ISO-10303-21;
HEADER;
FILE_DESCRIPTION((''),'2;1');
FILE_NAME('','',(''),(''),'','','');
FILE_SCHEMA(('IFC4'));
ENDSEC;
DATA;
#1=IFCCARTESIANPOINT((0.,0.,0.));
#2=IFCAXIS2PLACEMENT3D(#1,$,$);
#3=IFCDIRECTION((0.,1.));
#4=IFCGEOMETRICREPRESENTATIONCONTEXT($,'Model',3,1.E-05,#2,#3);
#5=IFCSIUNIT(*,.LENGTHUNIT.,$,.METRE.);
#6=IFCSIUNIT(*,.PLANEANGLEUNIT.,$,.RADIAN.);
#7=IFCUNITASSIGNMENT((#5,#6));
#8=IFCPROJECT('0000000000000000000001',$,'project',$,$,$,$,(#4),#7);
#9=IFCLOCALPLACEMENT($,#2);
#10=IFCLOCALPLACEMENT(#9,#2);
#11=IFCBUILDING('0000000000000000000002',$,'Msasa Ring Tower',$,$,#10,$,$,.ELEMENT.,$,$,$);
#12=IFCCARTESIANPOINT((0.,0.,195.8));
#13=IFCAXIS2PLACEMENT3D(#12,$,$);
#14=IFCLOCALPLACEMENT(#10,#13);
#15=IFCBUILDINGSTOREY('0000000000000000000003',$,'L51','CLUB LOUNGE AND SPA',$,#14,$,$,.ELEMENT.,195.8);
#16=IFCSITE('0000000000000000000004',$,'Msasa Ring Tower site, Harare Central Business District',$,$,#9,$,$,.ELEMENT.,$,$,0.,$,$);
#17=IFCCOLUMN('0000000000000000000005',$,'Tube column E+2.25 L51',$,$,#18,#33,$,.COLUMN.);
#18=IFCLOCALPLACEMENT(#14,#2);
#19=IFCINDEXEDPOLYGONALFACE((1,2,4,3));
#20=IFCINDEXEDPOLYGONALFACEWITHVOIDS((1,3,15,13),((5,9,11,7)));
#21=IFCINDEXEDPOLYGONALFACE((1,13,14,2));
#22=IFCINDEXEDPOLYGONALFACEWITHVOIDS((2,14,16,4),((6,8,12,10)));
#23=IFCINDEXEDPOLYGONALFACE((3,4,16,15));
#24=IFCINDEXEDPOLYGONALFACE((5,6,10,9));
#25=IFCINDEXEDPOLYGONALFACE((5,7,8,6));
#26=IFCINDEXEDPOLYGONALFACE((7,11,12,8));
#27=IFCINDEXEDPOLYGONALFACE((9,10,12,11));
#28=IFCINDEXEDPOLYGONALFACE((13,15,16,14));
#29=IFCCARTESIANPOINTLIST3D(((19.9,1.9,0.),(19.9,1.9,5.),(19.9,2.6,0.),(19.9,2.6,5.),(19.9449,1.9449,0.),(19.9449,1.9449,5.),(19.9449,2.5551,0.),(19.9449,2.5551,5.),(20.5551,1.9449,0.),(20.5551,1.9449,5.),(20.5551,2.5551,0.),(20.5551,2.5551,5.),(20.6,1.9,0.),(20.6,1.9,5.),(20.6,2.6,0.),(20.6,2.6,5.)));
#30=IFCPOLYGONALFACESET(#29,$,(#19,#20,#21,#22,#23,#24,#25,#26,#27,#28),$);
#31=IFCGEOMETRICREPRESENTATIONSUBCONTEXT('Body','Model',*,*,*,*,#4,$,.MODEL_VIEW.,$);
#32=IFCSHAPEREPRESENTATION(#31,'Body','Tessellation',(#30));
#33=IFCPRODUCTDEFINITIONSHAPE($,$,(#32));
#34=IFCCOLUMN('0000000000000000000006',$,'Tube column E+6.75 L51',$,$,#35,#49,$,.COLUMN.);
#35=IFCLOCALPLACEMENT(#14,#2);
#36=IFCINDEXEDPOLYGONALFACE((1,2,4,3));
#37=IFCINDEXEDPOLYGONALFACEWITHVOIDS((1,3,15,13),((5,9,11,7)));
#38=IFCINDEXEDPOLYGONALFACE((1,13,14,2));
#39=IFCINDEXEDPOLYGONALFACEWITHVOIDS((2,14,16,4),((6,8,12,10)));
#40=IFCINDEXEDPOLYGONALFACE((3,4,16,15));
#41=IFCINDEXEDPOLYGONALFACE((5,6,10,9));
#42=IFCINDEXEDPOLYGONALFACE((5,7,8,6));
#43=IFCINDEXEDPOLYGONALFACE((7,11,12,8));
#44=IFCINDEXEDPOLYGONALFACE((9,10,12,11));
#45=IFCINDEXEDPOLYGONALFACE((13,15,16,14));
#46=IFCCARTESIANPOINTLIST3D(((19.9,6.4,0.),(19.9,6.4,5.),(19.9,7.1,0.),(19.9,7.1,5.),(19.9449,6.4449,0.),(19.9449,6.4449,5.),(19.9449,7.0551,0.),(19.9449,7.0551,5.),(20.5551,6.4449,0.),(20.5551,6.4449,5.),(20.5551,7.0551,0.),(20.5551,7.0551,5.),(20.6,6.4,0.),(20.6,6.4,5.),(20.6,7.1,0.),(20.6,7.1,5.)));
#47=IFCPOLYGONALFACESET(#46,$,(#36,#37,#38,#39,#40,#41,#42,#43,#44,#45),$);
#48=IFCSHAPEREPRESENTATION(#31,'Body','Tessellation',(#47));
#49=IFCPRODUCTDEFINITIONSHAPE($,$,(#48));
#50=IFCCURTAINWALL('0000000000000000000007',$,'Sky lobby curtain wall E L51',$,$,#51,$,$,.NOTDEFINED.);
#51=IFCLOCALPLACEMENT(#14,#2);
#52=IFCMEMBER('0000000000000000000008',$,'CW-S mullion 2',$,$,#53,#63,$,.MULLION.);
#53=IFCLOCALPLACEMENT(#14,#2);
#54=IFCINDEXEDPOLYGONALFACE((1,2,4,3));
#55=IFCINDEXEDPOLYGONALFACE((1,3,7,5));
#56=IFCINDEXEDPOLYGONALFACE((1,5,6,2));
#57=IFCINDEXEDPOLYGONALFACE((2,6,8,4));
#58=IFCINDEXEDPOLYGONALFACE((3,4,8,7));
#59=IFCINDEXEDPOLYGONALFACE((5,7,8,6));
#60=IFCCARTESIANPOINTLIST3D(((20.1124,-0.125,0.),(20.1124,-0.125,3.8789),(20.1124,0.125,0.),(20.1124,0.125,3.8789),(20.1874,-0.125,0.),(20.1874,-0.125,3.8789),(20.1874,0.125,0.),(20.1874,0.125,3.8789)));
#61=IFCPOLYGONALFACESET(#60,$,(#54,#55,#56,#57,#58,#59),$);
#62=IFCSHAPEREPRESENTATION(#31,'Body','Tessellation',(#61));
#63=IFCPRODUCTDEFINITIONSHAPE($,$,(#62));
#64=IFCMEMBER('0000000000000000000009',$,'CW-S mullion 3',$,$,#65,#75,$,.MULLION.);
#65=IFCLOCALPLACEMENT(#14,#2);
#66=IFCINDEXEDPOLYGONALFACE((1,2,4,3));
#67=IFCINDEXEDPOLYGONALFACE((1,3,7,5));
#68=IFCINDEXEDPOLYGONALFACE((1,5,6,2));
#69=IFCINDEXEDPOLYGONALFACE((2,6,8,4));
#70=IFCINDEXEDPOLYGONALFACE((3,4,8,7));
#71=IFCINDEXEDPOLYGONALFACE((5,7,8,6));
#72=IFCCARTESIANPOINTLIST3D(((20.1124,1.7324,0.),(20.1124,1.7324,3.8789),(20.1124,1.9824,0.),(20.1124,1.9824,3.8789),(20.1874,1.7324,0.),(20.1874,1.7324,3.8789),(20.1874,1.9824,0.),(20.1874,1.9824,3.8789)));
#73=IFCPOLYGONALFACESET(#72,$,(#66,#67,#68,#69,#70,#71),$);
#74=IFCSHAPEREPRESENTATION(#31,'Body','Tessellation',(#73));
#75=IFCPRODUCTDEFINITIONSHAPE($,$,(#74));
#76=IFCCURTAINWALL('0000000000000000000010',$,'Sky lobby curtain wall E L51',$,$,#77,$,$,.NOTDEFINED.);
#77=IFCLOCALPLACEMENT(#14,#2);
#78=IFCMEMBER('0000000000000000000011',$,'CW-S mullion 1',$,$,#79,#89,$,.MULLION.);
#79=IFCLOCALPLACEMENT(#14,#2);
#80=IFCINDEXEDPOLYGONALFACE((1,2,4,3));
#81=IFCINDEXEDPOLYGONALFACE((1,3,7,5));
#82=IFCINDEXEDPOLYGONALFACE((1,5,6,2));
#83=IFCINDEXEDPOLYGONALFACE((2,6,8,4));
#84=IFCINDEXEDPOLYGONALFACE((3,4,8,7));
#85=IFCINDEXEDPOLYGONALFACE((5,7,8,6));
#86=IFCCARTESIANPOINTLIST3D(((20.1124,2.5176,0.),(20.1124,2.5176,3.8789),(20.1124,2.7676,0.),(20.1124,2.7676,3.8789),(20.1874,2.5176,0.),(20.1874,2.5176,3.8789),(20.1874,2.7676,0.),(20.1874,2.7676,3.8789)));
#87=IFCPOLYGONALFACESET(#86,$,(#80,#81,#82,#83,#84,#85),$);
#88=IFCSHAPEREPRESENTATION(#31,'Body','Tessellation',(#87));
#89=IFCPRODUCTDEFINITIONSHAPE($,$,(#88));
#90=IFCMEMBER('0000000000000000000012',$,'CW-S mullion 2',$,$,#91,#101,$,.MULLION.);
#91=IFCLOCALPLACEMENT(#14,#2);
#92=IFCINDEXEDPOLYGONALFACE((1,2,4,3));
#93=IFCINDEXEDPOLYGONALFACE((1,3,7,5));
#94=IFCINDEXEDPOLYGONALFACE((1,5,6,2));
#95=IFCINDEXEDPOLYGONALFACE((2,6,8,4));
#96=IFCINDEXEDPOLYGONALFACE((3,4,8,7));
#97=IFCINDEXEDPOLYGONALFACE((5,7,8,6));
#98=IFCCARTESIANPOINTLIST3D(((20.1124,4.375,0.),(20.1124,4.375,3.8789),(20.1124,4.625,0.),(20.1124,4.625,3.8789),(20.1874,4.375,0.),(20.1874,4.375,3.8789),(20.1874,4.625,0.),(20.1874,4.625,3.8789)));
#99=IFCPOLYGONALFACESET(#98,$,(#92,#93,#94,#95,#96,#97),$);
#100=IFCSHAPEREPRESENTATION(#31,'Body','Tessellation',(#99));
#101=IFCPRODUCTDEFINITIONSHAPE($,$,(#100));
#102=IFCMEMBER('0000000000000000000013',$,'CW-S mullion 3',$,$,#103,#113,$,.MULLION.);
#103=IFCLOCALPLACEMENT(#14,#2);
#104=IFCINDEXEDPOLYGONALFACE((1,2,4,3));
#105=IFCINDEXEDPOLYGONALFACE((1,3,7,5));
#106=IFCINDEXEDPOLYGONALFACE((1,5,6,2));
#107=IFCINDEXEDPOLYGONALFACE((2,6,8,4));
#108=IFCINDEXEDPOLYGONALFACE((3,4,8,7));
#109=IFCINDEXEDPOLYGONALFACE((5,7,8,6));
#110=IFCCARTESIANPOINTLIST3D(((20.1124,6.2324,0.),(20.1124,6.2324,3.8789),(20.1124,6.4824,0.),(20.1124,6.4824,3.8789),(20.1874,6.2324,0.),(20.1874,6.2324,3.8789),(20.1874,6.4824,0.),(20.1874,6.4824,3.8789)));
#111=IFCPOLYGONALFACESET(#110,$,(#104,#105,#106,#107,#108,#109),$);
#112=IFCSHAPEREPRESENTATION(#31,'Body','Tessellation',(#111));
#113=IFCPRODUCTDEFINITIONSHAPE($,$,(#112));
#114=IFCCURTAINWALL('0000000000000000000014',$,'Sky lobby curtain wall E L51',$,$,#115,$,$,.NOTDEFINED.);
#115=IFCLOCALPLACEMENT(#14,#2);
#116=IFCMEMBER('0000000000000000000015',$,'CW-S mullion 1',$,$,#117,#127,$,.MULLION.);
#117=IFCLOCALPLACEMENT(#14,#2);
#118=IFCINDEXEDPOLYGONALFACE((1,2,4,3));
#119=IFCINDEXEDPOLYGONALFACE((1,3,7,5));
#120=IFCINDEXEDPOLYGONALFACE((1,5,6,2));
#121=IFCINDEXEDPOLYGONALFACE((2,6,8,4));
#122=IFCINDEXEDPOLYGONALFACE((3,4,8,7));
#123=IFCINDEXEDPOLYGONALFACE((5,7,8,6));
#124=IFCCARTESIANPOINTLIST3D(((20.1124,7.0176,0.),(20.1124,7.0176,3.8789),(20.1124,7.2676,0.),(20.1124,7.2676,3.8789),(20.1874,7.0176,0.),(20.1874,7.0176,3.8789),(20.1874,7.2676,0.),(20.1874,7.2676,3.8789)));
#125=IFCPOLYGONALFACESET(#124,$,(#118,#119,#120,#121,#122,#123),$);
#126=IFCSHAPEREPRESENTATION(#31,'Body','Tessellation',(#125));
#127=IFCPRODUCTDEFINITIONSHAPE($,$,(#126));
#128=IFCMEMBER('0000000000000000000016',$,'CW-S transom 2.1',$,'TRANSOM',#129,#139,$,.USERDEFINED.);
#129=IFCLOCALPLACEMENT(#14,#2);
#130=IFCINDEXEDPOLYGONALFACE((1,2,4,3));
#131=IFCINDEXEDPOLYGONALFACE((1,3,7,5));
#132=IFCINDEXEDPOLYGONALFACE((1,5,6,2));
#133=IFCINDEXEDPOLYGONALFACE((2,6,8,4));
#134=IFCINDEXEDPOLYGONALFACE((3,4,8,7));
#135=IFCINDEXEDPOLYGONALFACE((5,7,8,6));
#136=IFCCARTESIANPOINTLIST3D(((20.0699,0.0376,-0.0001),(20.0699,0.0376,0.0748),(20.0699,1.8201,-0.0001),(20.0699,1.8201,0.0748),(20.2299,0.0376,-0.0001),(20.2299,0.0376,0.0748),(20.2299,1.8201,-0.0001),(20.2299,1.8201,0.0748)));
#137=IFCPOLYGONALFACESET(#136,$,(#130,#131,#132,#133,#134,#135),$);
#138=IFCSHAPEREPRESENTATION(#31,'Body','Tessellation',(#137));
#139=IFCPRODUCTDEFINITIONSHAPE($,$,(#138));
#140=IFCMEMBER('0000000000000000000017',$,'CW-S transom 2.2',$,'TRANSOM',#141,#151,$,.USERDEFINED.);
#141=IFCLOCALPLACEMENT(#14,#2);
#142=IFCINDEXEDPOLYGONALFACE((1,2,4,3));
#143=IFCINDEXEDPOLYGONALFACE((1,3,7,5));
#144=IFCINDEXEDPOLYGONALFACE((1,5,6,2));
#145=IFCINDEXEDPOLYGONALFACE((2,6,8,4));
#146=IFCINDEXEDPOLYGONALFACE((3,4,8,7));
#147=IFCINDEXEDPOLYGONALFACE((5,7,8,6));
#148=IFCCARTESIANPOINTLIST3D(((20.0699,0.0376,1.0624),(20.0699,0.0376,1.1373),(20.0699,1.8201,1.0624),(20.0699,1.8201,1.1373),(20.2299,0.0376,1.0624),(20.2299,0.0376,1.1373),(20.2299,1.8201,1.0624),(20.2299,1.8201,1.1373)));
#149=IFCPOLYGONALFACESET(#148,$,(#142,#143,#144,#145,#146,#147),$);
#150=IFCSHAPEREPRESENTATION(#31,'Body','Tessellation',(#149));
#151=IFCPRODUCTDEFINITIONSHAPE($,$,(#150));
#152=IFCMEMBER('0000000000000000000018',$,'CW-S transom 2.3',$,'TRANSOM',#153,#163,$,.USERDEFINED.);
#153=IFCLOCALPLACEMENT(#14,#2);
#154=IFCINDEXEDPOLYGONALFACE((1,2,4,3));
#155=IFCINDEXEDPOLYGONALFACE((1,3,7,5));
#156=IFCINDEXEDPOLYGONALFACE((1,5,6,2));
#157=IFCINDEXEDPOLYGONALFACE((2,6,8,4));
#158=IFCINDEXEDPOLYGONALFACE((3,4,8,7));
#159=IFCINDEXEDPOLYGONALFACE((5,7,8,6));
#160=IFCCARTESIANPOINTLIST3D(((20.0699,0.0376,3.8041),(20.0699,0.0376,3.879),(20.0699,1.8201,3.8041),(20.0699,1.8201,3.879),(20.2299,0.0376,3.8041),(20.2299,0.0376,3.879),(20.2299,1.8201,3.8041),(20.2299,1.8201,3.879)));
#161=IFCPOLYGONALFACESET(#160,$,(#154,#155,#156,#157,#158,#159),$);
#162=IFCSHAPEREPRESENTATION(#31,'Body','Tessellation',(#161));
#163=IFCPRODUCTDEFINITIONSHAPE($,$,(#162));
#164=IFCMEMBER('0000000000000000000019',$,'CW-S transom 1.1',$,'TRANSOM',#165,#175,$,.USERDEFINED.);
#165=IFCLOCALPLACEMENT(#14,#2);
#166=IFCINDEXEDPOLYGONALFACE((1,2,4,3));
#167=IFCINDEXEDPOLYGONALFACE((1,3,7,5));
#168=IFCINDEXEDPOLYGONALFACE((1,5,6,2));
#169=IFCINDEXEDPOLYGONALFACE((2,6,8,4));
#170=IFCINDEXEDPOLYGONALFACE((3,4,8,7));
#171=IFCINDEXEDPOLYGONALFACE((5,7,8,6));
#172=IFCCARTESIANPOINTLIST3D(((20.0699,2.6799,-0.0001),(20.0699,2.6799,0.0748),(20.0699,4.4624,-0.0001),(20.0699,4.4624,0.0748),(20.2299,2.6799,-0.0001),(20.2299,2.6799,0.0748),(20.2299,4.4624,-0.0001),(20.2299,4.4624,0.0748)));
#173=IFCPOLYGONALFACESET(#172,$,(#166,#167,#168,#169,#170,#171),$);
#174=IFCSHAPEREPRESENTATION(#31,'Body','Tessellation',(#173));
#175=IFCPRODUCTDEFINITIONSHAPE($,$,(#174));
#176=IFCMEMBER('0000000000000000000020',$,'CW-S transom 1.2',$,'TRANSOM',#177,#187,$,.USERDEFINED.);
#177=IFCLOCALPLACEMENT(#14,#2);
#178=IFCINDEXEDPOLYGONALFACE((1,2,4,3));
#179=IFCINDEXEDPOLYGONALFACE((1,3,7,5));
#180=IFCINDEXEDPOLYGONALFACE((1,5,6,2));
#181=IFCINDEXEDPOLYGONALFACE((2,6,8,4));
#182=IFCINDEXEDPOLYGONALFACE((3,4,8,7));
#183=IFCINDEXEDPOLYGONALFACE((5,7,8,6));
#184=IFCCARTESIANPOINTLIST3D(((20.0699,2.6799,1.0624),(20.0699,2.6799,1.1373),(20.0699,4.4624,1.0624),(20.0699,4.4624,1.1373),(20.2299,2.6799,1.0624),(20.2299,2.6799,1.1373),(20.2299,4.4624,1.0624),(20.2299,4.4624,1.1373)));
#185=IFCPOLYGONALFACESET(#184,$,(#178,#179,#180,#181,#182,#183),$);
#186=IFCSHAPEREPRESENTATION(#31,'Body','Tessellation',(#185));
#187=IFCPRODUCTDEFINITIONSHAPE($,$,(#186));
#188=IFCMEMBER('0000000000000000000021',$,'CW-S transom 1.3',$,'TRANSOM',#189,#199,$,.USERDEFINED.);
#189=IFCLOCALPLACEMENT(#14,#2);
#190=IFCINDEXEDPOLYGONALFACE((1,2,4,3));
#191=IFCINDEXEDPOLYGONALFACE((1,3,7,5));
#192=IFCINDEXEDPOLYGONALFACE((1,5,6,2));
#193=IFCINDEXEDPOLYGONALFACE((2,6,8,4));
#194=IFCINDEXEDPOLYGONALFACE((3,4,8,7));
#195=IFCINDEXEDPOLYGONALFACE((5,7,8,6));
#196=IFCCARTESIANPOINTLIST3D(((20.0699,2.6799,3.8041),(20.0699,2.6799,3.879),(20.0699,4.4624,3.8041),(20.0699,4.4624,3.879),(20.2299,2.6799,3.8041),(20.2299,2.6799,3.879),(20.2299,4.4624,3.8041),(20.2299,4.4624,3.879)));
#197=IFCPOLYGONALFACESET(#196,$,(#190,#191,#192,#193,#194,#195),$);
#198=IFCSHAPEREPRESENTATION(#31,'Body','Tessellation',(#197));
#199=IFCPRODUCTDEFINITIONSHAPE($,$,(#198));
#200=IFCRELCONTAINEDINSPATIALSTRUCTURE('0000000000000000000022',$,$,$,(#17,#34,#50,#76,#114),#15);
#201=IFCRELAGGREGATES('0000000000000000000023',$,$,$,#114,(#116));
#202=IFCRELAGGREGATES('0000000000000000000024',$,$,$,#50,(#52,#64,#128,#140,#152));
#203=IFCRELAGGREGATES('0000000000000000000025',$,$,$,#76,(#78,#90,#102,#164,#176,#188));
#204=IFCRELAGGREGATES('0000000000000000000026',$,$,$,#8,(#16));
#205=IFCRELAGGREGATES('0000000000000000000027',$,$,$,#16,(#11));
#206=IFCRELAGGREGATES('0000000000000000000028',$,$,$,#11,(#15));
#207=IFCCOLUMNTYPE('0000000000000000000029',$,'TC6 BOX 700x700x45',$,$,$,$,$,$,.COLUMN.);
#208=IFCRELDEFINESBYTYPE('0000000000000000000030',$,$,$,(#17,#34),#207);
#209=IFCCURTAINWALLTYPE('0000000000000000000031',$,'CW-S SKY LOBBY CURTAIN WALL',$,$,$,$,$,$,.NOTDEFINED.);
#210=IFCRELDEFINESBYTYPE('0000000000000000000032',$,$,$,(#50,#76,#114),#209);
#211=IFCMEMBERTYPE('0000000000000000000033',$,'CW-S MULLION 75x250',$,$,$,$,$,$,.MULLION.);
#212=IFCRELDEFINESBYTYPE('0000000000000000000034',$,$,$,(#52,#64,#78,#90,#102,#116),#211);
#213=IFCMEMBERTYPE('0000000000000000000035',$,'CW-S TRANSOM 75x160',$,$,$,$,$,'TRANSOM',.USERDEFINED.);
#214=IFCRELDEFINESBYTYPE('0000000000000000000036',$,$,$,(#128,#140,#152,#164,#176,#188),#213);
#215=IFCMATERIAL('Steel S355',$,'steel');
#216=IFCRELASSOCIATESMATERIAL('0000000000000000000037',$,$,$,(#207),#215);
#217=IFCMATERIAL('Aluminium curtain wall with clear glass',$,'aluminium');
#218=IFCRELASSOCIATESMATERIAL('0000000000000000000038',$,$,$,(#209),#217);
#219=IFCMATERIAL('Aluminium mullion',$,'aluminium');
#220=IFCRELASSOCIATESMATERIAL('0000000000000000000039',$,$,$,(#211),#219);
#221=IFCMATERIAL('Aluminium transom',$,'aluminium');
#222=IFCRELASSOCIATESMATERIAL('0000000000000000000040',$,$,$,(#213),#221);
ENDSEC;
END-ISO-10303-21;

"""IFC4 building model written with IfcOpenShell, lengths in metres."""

from ifc_helpers import new_model, si_unit, direction, frame, origin, origin_2d, place, context, subcontext, project, spatial, rectangle, hollow_rectangle, extrude, material, material_profile, profile_set, type_object, element, aggregate, save


model = new_model("IFC4")

# Units and contexts
model_context = context("Model", 3, precision=1e-05, world=origin(), true_north=direction((0.0, 1.0)))
body_context = subcontext(model_context, "Body", "Model", "MODEL_VIEW")
ifc_project = project(units=[si_unit("LENGTHUNIT", "METRE"), si_unit("PLANEANGLEUNIT", "RADIAN")], contexts=[model_context])

# Site, building, storey
site_placement = place(None, origin())
site = spatial("IfcSite", under=ifc_project, at=site_placement, Name="Msasa Ring Tower site, Harare Central Business District", CompositionType="ELEMENT", RefElevation=0.0)
building_placement = place(site_placement, origin())
building = spatial("IfcBuilding", under=site, at=building_placement, Name="Msasa Ring Tower", CompositionType="ELEMENT")
storey_placement = place(building_placement, frame((0.0, 0.0, 195.8)))
storey = spatial("IfcBuildingStorey", under=building, at=storey_placement, Name="L51", Description="CLUB LOUNGE AND SPA", CompositionType="ELEMENT", Elevation=195.8)

# Columns
ifc_material_1 = material(Name="Steel S355", Category="steel")
ifc_material_profile_1 = material_profile(ifc_material_1, hollow_rectangle(XDim=0.7, YDim=0.7, WallThickness=0.0449, at=origin_2d()), Name="BOX 700x700x45")
ifc_profile_set_1 = profile_set([ifc_material_profile_1], Name="Steel S355")
column_type = type_object("IfcColumnType", Name="TC6 BOX 700x700x45", PredefinedType="COLUMN", material=ifc_profile_set_1)
for number, where, z_axis, x_axis, name in (
    (1, (20.25, 2.25, 0.0), (0.0, 0.0, 1.0), (1.0, 0.0, 0.0), "Tube column E+2.25 L51"),
    (2, (20.25, 6.75, 0.0), (0.0, 0.0, 1.0), (1.0, 0.0, 0.0), "Tube column E+6.75 L51"),
):
    element("IfcColumn", number, at=place(storey_placement, frame(where, z_axis=z_axis, x_axis=x_axis)), inside=storey, type_object=column_type, Name=name, PredefinedType="COLUMN", context=body_context, shape_type="SweptSolid", body=[
        extrude(hollow_rectangle(XDim=0.7, YDim=0.7, WallThickness=0.0449, at=origin_2d()), origin(), (0.0, 0.0, 1.0), 5.0),
    ])

# Curtain walls, members
ifc_material_2 = material(Name="Aluminium curtain wall with clear glass", Category="aluminium")
curtain_wall_type = type_object("IfcCurtainWallType", Name="CW-S SKY LOBBY CURTAIN WALL", PredefinedType="NOTDEFINED", material=ifc_material_2)
curtain_wall_1_placement = place(storey_placement, origin())
curtain_wall_1 = element("IfcCurtainWall", 3, at=curtain_wall_1_placement, inside=storey, type_object=curtain_wall_type, Name="Sky lobby curtain wall E L51", PredefinedType="NOTDEFINED")
ifc_material_3 = material(Name="Aluminium mullion", Category="aluminium")
ifc_material_profile_2 = material_profile(ifc_material_3, rectangle(XDim=0.075, YDim=0.25, at=origin_2d()), Name="AL 75x250")
ifc_profile_set_2 = profile_set([ifc_material_profile_2], Name="Aluminium mullion")
member_type_1 = type_object("IfcMemberType", Name="CW-S MULLION 75x250", PredefinedType="MULLION", material=ifc_profile_set_2)
member_1_placement = place(storey_placement, frame((20.1499, 0.0, 0.0), z_axis=(0.0, 0.0, 1.0), x_axis=(-1.0, 0.0, 0.0)))
member_1 = element("IfcMember", 4, at=member_1_placement, type_object=member_type_1, Name="CW-S mullion 2", PredefinedType="MULLION", context=body_context, shape_type="SweptSolid", body=[
    extrude(rectangle(XDim=0.075, YDim=0.25, at=origin_2d()), origin(), (0.0, 0.0, 1.0), 3.8789),
])
member_2_placement = place(storey_placement, frame((20.1499, 1.8574, 0.0), z_axis=(0.0, 0.0, 1.0), x_axis=(-1.0, 0.0, 0.0)))
member_2 = element("IfcMember", 5, at=member_2_placement, type_object=member_type_1, Name="CW-S mullion 3", PredefinedType="MULLION", context=body_context, shape_type="SweptSolid", body=[
    extrude(rectangle(XDim=0.075, YDim=0.25, at=origin_2d()), origin(), (0.0, 0.0, 1.0), 3.8789),
])
curtain_wall_2_placement = place(storey_placement, origin())
curtain_wall_2 = element("IfcCurtainWall", 6, at=curtain_wall_2_placement, inside=storey, type_object=curtain_wall_type, Name="Sky lobby curtain wall E L51", PredefinedType="NOTDEFINED")
member_3_placement = place(storey_placement, frame((20.1499, 2.6426, 0.0), z_axis=(0.0, 0.0, 1.0), x_axis=(-1.0, 0.0, 0.0)))
member_3 = element("IfcMember", 7, at=member_3_placement, type_object=member_type_1, Name="CW-S mullion 1", PredefinedType="MULLION", context=body_context, shape_type="SweptSolid", body=[
    extrude(rectangle(XDim=0.075, YDim=0.25, at=origin_2d()), origin(), (0.0, 0.0, 1.0), 3.8789),
])
member_4_placement = place(storey_placement, frame((20.1499, 4.5, 0.0), z_axis=(0.0, 0.0, 1.0), x_axis=(-1.0, 0.0, 0.0)))
member_4 = element("IfcMember", 8, at=member_4_placement, type_object=member_type_1, Name="CW-S mullion 2", PredefinedType="MULLION", context=body_context, shape_type="SweptSolid", body=[
    extrude(rectangle(XDim=0.075, YDim=0.25, at=origin_2d()), origin(), (0.0, 0.0, 1.0), 3.8789),
])
member_5_placement = place(storey_placement, frame((20.1499, 6.3574, 0.0), z_axis=(0.0, 0.0, 1.0), x_axis=(-1.0, 0.0, 0.0)))
member_5 = element("IfcMember", 9, at=member_5_placement, type_object=member_type_1, Name="CW-S mullion 3", PredefinedType="MULLION", context=body_context, shape_type="SweptSolid", body=[
    extrude(rectangle(XDim=0.075, YDim=0.25, at=origin_2d()), origin(), (0.0, 0.0, 1.0), 3.8789),
])

# Curtain wall, member
curtain_wall_3_placement = place(storey_placement, origin())
curtain_wall_3 = element("IfcCurtainWall", 10, at=curtain_wall_3_placement, inside=storey, type_object=curtain_wall_type, Name="Sky lobby curtain wall E L51", PredefinedType="NOTDEFINED")
member_6_placement = place(storey_placement, frame((20.1499, 7.1426, 0.0), z_axis=(0.0, 0.0, 1.0), x_axis=(-1.0, 0.0, 0.0)))
member_6 = element("IfcMember", 11, at=member_6_placement, type_object=member_type_1, Name="CW-S mullion 1", PredefinedType="MULLION", context=body_context, shape_type="SweptSolid", body=[
    extrude(rectangle(XDim=0.075, YDim=0.25, at=origin_2d()), origin(), (0.0, 0.0, 1.0), 3.8789),
])

# Members
ifc_material_4 = material(Name="Aluminium transom", Category="aluminium")
ifc_material_profile_3 = material_profile(ifc_material_4, rectangle(XDim=0.1599, YDim=0.075, at=origin_2d()), Name="AL 75x160")
ifc_profile_set_3 = profile_set([ifc_material_profile_3], Name="Aluminium transom")
member_type_2 = type_object("IfcMemberType", Name="CW-S TRANSOM 75x160", ElementType="TRANSOM", PredefinedType="USERDEFINED", material=ifc_profile_set_3)
member_7_placement = place(storey_placement, frame((20.1499, 0.0376, 0.0374), z_axis=(0.0, 1.0, 0.0), x_axis=(-1.0, 0.0, 0.0)))
member_7 = element("IfcMember", 12, at=member_7_placement, type_object=member_type_2, Name="CW-S transom 2.1", ObjectType="TRANSOM", PredefinedType="USERDEFINED", context=body_context, shape_type="SweptSolid", body=[
    extrude(rectangle(XDim=0.1599, YDim=0.075, at=origin_2d()), origin(), (0.0, 0.0, 1.0), 1.7825),
])
member_8_placement = place(storey_placement, frame((20.1499, 0.0376, 1.0999), z_axis=(0.0, 1.0, 0.0), x_axis=(-1.0, 0.0, 0.0)))
member_8 = element("IfcMember", 13, at=member_8_placement, type_object=member_type_2, Name="CW-S transom 2.2", ObjectType="TRANSOM", PredefinedType="USERDEFINED", context=body_context, shape_type="SweptSolid", body=[
    extrude(rectangle(XDim=0.1599, YDim=0.075, at=origin_2d()), origin(), (0.0, 0.0, 1.0), 1.7825),
])
member_9_placement = place(storey_placement, frame((20.1499, 0.0376, 3.8416), z_axis=(0.0, 1.0, 0.0), x_axis=(-1.0, 0.0, 0.0)))
member_9 = element("IfcMember", 14, at=member_9_placement, type_object=member_type_2, Name="CW-S transom 2.3", ObjectType="TRANSOM", PredefinedType="USERDEFINED", context=body_context, shape_type="SweptSolid", body=[
    extrude(rectangle(XDim=0.1599, YDim=0.075, at=origin_2d()), origin(), (0.0, 0.0, 1.0), 1.7825),
])
member_10_placement = place(storey_placement, frame((20.1499, 2.6799, 0.0374), z_axis=(0.0, 1.0, 0.0), x_axis=(-1.0, 0.0, 0.0)))
member_10 = element("IfcMember", 15, at=member_10_placement, type_object=member_type_2, Name="CW-S transom 1.1", ObjectType="TRANSOM", PredefinedType="USERDEFINED", context=body_context, shape_type="SweptSolid", body=[
    extrude(rectangle(XDim=0.1599, YDim=0.075, at=origin_2d()), origin(), (0.0, 0.0, 1.0), 1.7825),
])
member_11_placement = place(storey_placement, frame((20.1499, 2.6799, 1.0999), z_axis=(0.0, 1.0, 0.0), x_axis=(-1.0, 0.0, 0.0)))
member_11 = element("IfcMember", 16, at=member_11_placement, type_object=member_type_2, Name="CW-S transom 1.2", ObjectType="TRANSOM", PredefinedType="USERDEFINED", context=body_context, shape_type="SweptSolid", body=[
    extrude(rectangle(XDim=0.1599, YDim=0.075, at=origin_2d()), origin(), (0.0, 0.0, 1.0), 1.7825),
])
member_12_placement = place(storey_placement, frame((20.1499, 2.6799, 3.8416), z_axis=(0.0, 1.0, 0.0), x_axis=(-1.0, 0.0, 0.0)))
member_12 = element("IfcMember", 17, at=member_12_placement, type_object=member_type_2, Name="CW-S transom 1.3", ObjectType="TRANSOM", PredefinedType="USERDEFINED", context=body_context, shape_type="SweptSolid", body=[
    extrude(rectangle(XDim=0.1599, YDim=0.075, at=origin_2d()), origin(), (0.0, 0.0, 1.0), 1.7825),
])
aggregate(curtain_wall_3, [member_6])

aggregate(curtain_wall_1, [member_1, member_2, member_7, member_8, member_9])
aggregate(curtain_wall_2, [member_3, member_4, member_5, member_10, member_11, member_12])

save(model, "model.ifc")
